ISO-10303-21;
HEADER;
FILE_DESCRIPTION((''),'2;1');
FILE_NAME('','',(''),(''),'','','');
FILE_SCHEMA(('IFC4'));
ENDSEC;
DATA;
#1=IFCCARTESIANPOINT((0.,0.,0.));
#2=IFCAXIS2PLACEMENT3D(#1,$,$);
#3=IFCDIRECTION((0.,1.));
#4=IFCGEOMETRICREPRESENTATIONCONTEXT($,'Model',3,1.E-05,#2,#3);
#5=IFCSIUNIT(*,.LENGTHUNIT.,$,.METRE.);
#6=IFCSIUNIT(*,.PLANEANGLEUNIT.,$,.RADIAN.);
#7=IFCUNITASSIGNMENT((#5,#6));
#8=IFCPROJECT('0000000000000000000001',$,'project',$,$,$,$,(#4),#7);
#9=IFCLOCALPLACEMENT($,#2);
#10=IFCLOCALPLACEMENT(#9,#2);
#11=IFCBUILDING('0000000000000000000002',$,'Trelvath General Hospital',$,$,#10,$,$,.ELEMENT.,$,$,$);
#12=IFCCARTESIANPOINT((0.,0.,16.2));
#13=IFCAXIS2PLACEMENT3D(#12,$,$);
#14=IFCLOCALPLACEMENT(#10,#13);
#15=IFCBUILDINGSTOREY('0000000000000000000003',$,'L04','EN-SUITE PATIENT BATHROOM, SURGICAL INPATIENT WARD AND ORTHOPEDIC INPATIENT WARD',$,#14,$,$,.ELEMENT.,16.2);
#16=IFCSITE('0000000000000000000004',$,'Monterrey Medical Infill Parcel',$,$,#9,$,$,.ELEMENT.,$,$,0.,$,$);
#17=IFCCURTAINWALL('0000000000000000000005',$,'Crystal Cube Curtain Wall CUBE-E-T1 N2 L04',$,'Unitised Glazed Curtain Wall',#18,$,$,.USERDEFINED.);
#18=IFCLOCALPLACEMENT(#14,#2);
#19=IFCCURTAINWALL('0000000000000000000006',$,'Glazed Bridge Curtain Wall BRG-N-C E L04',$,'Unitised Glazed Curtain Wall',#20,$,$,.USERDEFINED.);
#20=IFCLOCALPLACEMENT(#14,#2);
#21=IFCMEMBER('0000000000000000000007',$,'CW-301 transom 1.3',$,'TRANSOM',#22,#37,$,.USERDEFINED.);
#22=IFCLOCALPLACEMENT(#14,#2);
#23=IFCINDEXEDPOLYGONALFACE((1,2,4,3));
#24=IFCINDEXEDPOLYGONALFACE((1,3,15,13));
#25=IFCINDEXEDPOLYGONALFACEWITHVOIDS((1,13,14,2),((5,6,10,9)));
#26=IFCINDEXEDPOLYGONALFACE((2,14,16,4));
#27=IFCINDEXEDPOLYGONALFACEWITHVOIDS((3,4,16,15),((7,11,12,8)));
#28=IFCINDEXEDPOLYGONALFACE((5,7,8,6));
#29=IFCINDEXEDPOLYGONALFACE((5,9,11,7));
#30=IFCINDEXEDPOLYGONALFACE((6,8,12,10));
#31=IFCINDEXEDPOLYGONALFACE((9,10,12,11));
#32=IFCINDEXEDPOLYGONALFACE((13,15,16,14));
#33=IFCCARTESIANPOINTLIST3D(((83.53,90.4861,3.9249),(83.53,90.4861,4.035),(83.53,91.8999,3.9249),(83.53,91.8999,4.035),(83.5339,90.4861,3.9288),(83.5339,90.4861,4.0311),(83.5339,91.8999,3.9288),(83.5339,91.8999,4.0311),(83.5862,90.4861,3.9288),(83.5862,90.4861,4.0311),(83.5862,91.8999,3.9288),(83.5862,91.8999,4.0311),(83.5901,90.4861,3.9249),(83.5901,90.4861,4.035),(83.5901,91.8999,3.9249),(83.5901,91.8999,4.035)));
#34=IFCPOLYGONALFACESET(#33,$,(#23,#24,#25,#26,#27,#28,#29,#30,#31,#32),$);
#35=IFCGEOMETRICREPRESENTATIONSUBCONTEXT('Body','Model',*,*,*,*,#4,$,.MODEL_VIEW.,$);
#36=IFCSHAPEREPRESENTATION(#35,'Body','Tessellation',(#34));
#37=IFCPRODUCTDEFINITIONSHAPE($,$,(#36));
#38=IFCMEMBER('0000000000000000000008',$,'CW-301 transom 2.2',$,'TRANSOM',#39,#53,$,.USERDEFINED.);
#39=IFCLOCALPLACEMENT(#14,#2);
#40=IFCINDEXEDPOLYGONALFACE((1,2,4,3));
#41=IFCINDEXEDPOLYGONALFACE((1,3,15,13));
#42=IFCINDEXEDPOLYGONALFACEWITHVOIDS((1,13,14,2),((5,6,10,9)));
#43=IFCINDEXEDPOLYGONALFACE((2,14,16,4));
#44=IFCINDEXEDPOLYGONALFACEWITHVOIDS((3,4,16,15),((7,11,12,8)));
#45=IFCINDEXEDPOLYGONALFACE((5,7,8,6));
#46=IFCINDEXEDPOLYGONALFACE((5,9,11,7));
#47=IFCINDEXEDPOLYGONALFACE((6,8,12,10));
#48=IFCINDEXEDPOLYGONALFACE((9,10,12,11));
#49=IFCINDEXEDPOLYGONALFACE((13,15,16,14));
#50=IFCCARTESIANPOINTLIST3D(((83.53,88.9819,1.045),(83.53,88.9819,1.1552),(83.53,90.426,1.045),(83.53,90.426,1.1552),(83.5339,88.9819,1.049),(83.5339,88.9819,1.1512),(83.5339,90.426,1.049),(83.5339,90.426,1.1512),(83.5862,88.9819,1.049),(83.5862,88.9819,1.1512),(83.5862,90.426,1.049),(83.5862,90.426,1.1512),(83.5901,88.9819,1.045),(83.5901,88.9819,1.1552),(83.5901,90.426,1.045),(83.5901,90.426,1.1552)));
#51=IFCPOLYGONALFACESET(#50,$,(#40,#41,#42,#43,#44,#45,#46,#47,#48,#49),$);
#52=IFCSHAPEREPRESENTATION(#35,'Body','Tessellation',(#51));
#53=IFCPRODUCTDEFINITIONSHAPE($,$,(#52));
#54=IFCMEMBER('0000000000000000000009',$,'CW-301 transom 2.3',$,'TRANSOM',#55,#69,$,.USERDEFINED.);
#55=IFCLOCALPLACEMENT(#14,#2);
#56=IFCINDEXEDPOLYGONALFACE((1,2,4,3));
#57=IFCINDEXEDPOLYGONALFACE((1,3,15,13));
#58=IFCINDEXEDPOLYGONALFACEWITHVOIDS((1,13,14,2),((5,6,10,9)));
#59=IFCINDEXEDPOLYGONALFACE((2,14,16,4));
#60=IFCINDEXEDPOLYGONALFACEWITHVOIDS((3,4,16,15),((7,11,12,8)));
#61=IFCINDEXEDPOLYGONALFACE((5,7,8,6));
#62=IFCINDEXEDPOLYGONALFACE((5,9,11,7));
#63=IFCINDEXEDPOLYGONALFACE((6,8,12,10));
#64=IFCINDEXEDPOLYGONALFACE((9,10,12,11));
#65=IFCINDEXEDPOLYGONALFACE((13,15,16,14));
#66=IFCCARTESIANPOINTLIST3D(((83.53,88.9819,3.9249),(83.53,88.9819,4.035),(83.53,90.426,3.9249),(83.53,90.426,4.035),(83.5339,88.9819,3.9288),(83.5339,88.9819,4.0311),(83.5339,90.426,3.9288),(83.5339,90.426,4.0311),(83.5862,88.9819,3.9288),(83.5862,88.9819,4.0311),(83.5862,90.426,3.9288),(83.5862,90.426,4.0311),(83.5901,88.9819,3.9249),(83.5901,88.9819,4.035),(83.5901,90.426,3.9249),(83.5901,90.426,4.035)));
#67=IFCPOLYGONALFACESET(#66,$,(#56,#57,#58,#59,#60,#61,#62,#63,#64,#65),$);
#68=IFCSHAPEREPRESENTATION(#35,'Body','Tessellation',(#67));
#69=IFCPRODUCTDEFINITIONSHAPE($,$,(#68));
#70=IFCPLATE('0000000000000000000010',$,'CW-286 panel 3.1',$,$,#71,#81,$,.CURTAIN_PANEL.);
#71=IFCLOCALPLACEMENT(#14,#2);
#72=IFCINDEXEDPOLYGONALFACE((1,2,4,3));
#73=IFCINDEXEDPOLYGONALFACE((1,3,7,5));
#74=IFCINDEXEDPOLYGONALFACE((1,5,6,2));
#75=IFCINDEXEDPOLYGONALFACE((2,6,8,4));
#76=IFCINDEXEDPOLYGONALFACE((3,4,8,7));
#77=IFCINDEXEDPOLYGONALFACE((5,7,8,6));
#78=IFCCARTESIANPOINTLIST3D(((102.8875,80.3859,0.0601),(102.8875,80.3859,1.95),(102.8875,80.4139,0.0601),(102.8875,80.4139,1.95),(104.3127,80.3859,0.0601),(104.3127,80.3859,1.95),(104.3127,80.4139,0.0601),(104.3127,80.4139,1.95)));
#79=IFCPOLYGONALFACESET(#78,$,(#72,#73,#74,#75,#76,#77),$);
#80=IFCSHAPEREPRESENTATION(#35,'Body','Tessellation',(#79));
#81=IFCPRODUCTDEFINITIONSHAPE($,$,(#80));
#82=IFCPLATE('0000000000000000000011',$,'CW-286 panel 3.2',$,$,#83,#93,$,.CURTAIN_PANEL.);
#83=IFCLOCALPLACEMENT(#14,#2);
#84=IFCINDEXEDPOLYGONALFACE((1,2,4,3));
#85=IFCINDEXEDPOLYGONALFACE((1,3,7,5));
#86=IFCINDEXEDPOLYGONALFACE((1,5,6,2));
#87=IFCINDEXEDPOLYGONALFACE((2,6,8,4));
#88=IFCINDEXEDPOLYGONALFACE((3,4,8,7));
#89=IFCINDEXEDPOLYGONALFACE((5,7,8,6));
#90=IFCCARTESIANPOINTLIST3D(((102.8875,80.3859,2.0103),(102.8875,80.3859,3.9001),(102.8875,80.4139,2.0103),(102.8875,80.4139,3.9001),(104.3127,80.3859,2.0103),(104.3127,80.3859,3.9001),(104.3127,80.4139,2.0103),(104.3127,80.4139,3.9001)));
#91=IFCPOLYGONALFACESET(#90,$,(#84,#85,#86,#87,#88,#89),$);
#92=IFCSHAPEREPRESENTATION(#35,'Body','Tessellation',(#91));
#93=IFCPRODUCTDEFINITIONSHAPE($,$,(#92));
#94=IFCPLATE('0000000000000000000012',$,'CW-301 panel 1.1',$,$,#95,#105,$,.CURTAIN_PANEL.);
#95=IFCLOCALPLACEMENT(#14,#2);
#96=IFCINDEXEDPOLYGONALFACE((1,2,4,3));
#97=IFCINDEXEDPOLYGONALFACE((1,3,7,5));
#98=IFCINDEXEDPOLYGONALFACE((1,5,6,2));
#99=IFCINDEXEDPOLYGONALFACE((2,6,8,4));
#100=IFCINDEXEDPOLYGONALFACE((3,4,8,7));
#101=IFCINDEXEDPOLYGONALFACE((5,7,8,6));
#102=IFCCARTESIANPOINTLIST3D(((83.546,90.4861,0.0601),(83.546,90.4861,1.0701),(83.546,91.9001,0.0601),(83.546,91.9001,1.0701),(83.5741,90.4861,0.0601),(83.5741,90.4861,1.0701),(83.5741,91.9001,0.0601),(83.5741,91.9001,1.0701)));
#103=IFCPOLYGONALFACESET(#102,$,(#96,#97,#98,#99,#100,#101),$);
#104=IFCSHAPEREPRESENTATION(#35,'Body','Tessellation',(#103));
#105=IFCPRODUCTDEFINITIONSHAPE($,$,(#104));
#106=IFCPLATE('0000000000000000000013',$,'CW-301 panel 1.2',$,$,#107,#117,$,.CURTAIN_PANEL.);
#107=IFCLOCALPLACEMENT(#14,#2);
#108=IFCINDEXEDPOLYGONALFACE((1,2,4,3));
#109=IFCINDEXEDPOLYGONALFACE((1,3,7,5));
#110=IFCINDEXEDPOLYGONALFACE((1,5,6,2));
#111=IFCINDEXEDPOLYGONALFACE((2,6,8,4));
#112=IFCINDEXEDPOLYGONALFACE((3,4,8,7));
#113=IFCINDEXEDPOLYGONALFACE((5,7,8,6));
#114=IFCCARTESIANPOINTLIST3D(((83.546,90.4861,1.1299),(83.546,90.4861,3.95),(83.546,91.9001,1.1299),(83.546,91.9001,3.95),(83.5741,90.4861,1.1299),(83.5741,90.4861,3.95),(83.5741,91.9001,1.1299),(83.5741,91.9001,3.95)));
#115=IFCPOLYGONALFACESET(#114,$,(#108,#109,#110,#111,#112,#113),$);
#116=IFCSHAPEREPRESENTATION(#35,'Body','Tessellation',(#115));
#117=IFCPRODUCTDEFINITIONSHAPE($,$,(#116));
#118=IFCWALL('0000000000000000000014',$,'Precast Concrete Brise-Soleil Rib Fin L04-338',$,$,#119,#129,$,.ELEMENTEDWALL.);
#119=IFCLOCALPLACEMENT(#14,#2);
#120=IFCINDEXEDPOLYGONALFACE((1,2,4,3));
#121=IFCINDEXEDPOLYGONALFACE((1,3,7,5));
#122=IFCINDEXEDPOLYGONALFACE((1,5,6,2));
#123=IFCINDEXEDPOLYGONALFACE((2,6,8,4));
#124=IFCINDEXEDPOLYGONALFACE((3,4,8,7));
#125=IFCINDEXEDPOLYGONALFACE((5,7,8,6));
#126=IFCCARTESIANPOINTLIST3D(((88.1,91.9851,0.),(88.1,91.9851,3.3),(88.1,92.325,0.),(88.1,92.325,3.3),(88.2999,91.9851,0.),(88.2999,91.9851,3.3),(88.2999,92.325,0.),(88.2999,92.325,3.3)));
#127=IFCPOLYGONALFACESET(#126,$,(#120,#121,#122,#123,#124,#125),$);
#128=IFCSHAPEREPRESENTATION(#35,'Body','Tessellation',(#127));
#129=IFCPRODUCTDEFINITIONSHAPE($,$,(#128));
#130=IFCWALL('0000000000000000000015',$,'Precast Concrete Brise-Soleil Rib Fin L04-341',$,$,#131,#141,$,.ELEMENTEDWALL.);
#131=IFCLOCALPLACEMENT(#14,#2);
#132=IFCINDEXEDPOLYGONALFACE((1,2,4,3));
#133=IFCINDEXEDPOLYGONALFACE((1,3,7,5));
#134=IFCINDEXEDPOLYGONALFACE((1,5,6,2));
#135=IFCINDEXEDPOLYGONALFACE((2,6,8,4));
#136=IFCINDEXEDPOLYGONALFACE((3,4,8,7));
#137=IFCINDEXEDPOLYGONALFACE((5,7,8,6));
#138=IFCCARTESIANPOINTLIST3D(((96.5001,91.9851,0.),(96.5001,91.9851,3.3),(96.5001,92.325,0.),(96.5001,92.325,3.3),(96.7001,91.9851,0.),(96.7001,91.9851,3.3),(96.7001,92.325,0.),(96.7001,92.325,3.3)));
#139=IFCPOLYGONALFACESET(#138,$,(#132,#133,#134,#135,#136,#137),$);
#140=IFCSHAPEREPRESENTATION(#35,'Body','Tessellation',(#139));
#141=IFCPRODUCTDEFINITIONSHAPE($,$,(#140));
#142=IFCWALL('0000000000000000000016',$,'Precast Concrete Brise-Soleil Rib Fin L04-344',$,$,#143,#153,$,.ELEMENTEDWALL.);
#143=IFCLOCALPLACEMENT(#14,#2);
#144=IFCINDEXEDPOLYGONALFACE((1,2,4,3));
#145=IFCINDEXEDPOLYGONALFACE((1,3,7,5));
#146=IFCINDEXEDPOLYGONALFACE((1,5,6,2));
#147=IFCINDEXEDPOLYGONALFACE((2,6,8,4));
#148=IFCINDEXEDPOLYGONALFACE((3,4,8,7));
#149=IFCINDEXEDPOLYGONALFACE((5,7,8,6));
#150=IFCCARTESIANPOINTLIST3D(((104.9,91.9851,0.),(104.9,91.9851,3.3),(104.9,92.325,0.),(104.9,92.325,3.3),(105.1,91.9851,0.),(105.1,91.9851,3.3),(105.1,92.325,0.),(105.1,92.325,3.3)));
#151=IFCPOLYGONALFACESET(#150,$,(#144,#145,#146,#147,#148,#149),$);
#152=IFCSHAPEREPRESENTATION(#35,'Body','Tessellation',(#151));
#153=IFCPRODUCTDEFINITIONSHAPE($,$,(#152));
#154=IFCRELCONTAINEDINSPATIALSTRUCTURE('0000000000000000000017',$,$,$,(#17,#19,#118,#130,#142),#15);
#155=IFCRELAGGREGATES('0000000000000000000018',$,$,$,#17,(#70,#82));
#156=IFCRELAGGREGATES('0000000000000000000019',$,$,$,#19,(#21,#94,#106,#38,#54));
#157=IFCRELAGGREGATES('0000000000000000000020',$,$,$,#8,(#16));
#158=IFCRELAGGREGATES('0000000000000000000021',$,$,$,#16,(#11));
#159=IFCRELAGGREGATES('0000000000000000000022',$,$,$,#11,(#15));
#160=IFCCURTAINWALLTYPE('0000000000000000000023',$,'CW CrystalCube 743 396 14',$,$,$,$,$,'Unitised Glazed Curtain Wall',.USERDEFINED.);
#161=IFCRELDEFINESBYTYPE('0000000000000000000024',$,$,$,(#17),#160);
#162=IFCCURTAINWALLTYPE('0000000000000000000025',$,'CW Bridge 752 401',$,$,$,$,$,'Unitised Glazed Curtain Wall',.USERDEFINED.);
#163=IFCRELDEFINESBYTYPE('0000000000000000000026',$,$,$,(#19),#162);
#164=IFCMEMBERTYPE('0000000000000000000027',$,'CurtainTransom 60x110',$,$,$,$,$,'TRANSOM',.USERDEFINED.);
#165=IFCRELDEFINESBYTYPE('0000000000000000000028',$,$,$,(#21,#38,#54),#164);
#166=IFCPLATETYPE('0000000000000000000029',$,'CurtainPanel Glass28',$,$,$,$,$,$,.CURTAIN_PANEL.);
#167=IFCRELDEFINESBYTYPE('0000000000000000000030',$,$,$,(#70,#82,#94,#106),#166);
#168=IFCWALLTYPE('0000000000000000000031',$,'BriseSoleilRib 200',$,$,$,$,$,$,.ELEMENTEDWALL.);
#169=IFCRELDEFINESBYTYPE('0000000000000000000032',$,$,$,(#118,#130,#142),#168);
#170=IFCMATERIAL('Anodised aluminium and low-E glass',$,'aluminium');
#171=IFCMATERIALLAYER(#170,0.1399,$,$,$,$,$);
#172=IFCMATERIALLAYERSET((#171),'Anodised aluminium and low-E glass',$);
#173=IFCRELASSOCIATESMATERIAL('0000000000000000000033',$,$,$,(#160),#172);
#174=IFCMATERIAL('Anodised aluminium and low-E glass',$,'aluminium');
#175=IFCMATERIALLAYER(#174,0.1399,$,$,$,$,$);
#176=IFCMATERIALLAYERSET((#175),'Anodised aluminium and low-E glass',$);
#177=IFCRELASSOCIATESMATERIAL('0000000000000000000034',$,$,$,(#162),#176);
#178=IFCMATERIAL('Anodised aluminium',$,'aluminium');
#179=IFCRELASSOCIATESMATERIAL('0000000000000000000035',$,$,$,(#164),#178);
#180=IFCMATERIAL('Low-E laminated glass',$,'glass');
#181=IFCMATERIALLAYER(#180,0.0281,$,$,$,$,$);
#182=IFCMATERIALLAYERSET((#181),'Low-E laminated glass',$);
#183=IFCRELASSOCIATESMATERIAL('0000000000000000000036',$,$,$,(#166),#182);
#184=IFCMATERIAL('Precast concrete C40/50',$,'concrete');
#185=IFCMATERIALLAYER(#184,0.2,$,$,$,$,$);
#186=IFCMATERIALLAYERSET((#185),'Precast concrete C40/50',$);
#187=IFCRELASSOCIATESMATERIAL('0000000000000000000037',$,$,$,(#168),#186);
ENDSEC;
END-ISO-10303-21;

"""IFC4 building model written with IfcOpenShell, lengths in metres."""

from ifc_helpers import new_model, si_unit, direction, frame, frame_2d, origin, origin_2d, place, context, subcontext, project, spatial, rectangle, hollow_rectangle, extrude, material, layer, layer_set, material_profile, profile_set, type_object, element, aggregate, save


model = new_model("IFC4")

# Units and contexts
model_context = context("Model", 3, precision=1e-05, world=origin(), true_north=direction((0.0, 1.0)))
body_context = subcontext(model_context, "Body", "Model", "MODEL_VIEW")
ifc_project = project(units=[si_unit("LENGTHUNIT", "METRE"), si_unit("PLANEANGLEUNIT", "RADIAN")], contexts=[model_context])

# Site, building, storey
site_placement = place(None, origin())
site = spatial("IfcSite", under=ifc_project, at=site_placement, Name="Monterrey Medical Infill Parcel", CompositionType="ELEMENT", RefElevation=0.0)
building_placement = place(site_placement, origin())
building = spatial("IfcBuilding", under=site, at=building_placement, Name="Trelvath General Hospital", CompositionType="ELEMENT")
storey_placement = place(building_placement, frame((0.0, 0.0, 16.2)))
storey = spatial("IfcBuildingStorey", under=building, at=storey_placement, Name="L04", Description="EN-SUITE PATIENT BATHROOM, SURGICAL INPATIENT WARD AND ORTHOPEDIC INPATIENT WARD", CompositionType="ELEMENT", Elevation=16.2)

# Curtain wall
ifc_material_1 = material(Name="Anodised aluminium and low-E glass", Category="aluminium")
ifc_layer_1 = layer(ifc_material_1, 0.1399)
ifc_layer_set_1 = layer_set([ifc_layer_1], Name="Anodised aluminium and low-E glass")
curtain_wall_type_1 = type_object("IfcCurtainWallType", Name="CW CrystalCube 743 396 14", ElementType="Unitised Glazed Curtain Wall", PredefinedType="USERDEFINED", material=ifc_layer_set_1)
curtain_wall_1_placement = place(storey_placement, origin())
curtain_wall_1 = element("IfcCurtainWall", 1, at=curtain_wall_1_placement, inside=storey, type_object=curtain_wall_type_1, Name="Crystal Cube Curtain Wall CUBE-E-T1 N2 L04", ObjectType="Unitised Glazed Curtain Wall", PredefinedType="USERDEFINED")

# Curtain wall
ifc_material_2 = material(Name="Anodised aluminium and low-E glass", Category="aluminium")
ifc_layer_2 = layer(ifc_material_2, 0.1399)
ifc_layer_set_2 = layer_set([ifc_layer_2], Name="Anodised aluminium and low-E glass")
curtain_wall_type_2 = type_object("IfcCurtainWallType", Name="CW Bridge 752 401", ElementType="Unitised Glazed Curtain Wall", PredefinedType="USERDEFINED", material=ifc_layer_set_2)
curtain_wall_2_placement = place(storey_placement, origin())
curtain_wall_2 = element("IfcCurtainWall", 2, at=curtain_wall_2_placement, inside=storey, type_object=curtain_wall_type_2, Name="Glazed Bridge Curtain Wall BRG-N-C E L04", ObjectType="Unitised Glazed Curtain Wall", PredefinedType="USERDEFINED")

# Members
ifc_material_3 = material(Name="Anodised aluminium", Category="aluminium")
ifc_material_profile_1 = material_profile(ifc_material_3, hollow_rectangle(XDim=0.0601, YDim=0.1101, WallThickness=0.0039, at=origin_2d()), Name="RHS60x110x4")
ifc_profile_set_1 = profile_set([ifc_material_profile_1], Name="Anodised aluminium")
member_type_1 = type_object("IfcMemberType", Name="CurtainTransom 60x110", ElementType="TRANSOM", PredefinedType="USERDEFINED", material=ifc_profile_set_1)
member_1_placement = place(storey_placement, frame((83.5601, 91.8999, 3.98), z_axis=(0.0, -1.0, 0.0), x_axis=(1.0, 0.0, 0.0)))
member_1 = element("IfcMember", 3, at=member_1_placement, type_object=member_type_1, Name="CW-301 transom 1.3", ObjectType="TRANSOM", PredefinedType="USERDEFINED", context=body_context, shape_type="SweptSolid", body=[
    extrude(hollow_rectangle(XDim=0.0601, YDim=0.1101, WallThickness=0.0039, at=origin_2d()), origin(), (0.0, 0.0, 1.0), 1.4138),
])
member_2_placement = place(storey_placement, frame((83.5601, 90.426, 1.1001), z_axis=(0.0, -1.0, 0.0), x_axis=(1.0, 0.0, 0.0)))
member_2 = element("IfcMember", 4, at=member_2_placement, type_object=member_type_1, Name="CW-301 transom 2.2", ObjectType="TRANSOM", PredefinedType="USERDEFINED", context=body_context, shape_type="SweptSolid", body=[
    extrude(hollow_rectangle(XDim=0.0601, YDim=0.1101, WallThickness=0.0039, at=origin_2d()), origin(), (0.0, 0.0, 1.0), 1.4441),
])
member_3_placement = place(storey_placement, frame((83.5601, 90.426, 3.98), z_axis=(0.0, -1.0, 0.0), x_axis=(1.0, 0.0, 0.0)))
member_3 = element("IfcMember", 5, at=member_3_placement, type_object=member_type_1, Name="CW-301 transom 2.3", ObjectType="TRANSOM", PredefinedType="USERDEFINED", context=body_context, shape_type="SweptSolid", body=[
    extrude(hollow_rectangle(XDim=0.0601, YDim=0.1101, WallThickness=0.0039, at=origin_2d()), origin(), (0.0, 0.0, 1.0), 1.4441),
])

# Plates
ifc_material_4 = material(Name="Low-E laminated glass", Category="glass")
ifc_layer_3 = layer(ifc_material_4, 0.0281)
ifc_layer_set_3 = layer_set([ifc_layer_3], Name="Low-E laminated glass")
plate_type = type_object("IfcPlateType", Name="CurtainPanel Glass28", PredefinedType="CURTAIN_PANEL", material=ifc_layer_set_3)
plate_1_placement = place(storey_placement, frame((103.6001, 80.3999, 0.0601), z_axis=(0.0, 0.0, 1.0), x_axis=(1.0, 0.0, 0.0)))
plate_1 = element("IfcPlate", 6, at=plate_1_placement, type_object=plate_type, Name="CW-286 panel 3.1", PredefinedType="CURTAIN_PANEL", context=body_context, shape_type="SweptSolid", body=[
    extrude(rectangle(XDim=1.4253, YDim=0.0281, at=origin_2d()), origin(), (0.0, 0.0, 1.0), 1.8899),
])
plate_2_placement = place(storey_placement, frame((103.6001, 80.3999, 2.0103), z_axis=(0.0, 0.0, 1.0), x_axis=(1.0, 0.0, 0.0)))
plate_2 = element("IfcPlate", 7, at=plate_2_placement, type_object=plate_type, Name="CW-286 panel 3.2", PredefinedType="CURTAIN_PANEL", context=body_context, shape_type="SweptSolid", body=[
    extrude(rectangle(XDim=1.4253, YDim=0.0281, at=origin_2d()), origin(), (0.0, 0.0, 1.0), 1.8899),
])
aggregate(curtain_wall_1, [plate_1, plate_2])
plate_3_placement = place(storey_placement, frame((83.5601, 91.1931, 0.0601), z_axis=(0.0, 0.0, 1.0), x_axis=(0.0, -1.0, 0.0)))
plate_3 = element("IfcPlate", 8, at=plate_3_placement, type_object=plate_type, Name="CW-301 panel 1.1", PredefinedType="CURTAIN_PANEL", context=body_context, shape_type="SweptSolid", body=[
    extrude(rectangle(XDim=1.4141, YDim=0.0281, at=origin_2d()), origin(), (0.0, 0.0, 1.0), 1.01),
])
plate_4_placement = place(storey_placement, frame((83.5601, 91.1931, 1.1299), z_axis=(0.0, 0.0, 1.0), x_axis=(0.0, -1.0, 0.0)))
plate_4 = element("IfcPlate", 9, at=plate_4_placement, type_object=plate_type, Name="CW-301 panel 1.2", PredefinedType="CURTAIN_PANEL", context=body_context, shape_type="SweptSolid", body=[
    extrude(rectangle(XDim=1.4141, YDim=0.0281, at=origin_2d()), origin(), (0.0, 0.0, 1.0), 2.8201),
])
aggregate(curtain_wall_2, [member_1, plate_3, plate_4, member_2, member_3])

# Walls
ifc_material_5 = material(Name="Precast concrete C40/50", Category="concrete")
ifc_layer_4 = layer(ifc_material_5, 0.2)
ifc_layer_set_4 = layer_set([ifc_layer_4], Name="Precast concrete C40/50")
wall_type_1 = type_object("IfcWallType", Name="BriseSoleilRib 200", PredefinedType="ELEMENTEDWALL", material=ifc_layer_set_4)
for number, where, z_axis, x_axis, name in (
    (10, (88.2, 92.325, 0.0), (0.0, 0.0, 1.0), (0.0, -1.0, 0.0), "Precast Concrete Brise-Soleil Rib Fin L04-338"),
    (11, (96.6001, 92.325, 0.0), (0.0, 0.0, 1.0), (0.0, -1.0, 0.0), "Precast Concrete Brise-Soleil Rib Fin L04-341"),
    (12, (105.0, 92.325, 0.0), (0.0, 0.0, 1.0), (0.0, -1.0, 0.0), "Precast Concrete Brise-Soleil Rib Fin L04-344"),
):
    element("IfcWall", number, at=place(storey_placement, frame(where, z_axis=z_axis, x_axis=x_axis)), inside=storey, type_object=wall_type_1, Name=name, PredefinedType="ELEMENTEDWALL", context=body_context, shape_type="SweptSolid", body=[
        extrude(rectangle(XDim=0.3398, YDim=0.2, at=frame_2d((0.1699, 0.0))), origin(), (0.0, 0.0, 1.0), 3.3),
    ])

save(model, "model.ifc")
